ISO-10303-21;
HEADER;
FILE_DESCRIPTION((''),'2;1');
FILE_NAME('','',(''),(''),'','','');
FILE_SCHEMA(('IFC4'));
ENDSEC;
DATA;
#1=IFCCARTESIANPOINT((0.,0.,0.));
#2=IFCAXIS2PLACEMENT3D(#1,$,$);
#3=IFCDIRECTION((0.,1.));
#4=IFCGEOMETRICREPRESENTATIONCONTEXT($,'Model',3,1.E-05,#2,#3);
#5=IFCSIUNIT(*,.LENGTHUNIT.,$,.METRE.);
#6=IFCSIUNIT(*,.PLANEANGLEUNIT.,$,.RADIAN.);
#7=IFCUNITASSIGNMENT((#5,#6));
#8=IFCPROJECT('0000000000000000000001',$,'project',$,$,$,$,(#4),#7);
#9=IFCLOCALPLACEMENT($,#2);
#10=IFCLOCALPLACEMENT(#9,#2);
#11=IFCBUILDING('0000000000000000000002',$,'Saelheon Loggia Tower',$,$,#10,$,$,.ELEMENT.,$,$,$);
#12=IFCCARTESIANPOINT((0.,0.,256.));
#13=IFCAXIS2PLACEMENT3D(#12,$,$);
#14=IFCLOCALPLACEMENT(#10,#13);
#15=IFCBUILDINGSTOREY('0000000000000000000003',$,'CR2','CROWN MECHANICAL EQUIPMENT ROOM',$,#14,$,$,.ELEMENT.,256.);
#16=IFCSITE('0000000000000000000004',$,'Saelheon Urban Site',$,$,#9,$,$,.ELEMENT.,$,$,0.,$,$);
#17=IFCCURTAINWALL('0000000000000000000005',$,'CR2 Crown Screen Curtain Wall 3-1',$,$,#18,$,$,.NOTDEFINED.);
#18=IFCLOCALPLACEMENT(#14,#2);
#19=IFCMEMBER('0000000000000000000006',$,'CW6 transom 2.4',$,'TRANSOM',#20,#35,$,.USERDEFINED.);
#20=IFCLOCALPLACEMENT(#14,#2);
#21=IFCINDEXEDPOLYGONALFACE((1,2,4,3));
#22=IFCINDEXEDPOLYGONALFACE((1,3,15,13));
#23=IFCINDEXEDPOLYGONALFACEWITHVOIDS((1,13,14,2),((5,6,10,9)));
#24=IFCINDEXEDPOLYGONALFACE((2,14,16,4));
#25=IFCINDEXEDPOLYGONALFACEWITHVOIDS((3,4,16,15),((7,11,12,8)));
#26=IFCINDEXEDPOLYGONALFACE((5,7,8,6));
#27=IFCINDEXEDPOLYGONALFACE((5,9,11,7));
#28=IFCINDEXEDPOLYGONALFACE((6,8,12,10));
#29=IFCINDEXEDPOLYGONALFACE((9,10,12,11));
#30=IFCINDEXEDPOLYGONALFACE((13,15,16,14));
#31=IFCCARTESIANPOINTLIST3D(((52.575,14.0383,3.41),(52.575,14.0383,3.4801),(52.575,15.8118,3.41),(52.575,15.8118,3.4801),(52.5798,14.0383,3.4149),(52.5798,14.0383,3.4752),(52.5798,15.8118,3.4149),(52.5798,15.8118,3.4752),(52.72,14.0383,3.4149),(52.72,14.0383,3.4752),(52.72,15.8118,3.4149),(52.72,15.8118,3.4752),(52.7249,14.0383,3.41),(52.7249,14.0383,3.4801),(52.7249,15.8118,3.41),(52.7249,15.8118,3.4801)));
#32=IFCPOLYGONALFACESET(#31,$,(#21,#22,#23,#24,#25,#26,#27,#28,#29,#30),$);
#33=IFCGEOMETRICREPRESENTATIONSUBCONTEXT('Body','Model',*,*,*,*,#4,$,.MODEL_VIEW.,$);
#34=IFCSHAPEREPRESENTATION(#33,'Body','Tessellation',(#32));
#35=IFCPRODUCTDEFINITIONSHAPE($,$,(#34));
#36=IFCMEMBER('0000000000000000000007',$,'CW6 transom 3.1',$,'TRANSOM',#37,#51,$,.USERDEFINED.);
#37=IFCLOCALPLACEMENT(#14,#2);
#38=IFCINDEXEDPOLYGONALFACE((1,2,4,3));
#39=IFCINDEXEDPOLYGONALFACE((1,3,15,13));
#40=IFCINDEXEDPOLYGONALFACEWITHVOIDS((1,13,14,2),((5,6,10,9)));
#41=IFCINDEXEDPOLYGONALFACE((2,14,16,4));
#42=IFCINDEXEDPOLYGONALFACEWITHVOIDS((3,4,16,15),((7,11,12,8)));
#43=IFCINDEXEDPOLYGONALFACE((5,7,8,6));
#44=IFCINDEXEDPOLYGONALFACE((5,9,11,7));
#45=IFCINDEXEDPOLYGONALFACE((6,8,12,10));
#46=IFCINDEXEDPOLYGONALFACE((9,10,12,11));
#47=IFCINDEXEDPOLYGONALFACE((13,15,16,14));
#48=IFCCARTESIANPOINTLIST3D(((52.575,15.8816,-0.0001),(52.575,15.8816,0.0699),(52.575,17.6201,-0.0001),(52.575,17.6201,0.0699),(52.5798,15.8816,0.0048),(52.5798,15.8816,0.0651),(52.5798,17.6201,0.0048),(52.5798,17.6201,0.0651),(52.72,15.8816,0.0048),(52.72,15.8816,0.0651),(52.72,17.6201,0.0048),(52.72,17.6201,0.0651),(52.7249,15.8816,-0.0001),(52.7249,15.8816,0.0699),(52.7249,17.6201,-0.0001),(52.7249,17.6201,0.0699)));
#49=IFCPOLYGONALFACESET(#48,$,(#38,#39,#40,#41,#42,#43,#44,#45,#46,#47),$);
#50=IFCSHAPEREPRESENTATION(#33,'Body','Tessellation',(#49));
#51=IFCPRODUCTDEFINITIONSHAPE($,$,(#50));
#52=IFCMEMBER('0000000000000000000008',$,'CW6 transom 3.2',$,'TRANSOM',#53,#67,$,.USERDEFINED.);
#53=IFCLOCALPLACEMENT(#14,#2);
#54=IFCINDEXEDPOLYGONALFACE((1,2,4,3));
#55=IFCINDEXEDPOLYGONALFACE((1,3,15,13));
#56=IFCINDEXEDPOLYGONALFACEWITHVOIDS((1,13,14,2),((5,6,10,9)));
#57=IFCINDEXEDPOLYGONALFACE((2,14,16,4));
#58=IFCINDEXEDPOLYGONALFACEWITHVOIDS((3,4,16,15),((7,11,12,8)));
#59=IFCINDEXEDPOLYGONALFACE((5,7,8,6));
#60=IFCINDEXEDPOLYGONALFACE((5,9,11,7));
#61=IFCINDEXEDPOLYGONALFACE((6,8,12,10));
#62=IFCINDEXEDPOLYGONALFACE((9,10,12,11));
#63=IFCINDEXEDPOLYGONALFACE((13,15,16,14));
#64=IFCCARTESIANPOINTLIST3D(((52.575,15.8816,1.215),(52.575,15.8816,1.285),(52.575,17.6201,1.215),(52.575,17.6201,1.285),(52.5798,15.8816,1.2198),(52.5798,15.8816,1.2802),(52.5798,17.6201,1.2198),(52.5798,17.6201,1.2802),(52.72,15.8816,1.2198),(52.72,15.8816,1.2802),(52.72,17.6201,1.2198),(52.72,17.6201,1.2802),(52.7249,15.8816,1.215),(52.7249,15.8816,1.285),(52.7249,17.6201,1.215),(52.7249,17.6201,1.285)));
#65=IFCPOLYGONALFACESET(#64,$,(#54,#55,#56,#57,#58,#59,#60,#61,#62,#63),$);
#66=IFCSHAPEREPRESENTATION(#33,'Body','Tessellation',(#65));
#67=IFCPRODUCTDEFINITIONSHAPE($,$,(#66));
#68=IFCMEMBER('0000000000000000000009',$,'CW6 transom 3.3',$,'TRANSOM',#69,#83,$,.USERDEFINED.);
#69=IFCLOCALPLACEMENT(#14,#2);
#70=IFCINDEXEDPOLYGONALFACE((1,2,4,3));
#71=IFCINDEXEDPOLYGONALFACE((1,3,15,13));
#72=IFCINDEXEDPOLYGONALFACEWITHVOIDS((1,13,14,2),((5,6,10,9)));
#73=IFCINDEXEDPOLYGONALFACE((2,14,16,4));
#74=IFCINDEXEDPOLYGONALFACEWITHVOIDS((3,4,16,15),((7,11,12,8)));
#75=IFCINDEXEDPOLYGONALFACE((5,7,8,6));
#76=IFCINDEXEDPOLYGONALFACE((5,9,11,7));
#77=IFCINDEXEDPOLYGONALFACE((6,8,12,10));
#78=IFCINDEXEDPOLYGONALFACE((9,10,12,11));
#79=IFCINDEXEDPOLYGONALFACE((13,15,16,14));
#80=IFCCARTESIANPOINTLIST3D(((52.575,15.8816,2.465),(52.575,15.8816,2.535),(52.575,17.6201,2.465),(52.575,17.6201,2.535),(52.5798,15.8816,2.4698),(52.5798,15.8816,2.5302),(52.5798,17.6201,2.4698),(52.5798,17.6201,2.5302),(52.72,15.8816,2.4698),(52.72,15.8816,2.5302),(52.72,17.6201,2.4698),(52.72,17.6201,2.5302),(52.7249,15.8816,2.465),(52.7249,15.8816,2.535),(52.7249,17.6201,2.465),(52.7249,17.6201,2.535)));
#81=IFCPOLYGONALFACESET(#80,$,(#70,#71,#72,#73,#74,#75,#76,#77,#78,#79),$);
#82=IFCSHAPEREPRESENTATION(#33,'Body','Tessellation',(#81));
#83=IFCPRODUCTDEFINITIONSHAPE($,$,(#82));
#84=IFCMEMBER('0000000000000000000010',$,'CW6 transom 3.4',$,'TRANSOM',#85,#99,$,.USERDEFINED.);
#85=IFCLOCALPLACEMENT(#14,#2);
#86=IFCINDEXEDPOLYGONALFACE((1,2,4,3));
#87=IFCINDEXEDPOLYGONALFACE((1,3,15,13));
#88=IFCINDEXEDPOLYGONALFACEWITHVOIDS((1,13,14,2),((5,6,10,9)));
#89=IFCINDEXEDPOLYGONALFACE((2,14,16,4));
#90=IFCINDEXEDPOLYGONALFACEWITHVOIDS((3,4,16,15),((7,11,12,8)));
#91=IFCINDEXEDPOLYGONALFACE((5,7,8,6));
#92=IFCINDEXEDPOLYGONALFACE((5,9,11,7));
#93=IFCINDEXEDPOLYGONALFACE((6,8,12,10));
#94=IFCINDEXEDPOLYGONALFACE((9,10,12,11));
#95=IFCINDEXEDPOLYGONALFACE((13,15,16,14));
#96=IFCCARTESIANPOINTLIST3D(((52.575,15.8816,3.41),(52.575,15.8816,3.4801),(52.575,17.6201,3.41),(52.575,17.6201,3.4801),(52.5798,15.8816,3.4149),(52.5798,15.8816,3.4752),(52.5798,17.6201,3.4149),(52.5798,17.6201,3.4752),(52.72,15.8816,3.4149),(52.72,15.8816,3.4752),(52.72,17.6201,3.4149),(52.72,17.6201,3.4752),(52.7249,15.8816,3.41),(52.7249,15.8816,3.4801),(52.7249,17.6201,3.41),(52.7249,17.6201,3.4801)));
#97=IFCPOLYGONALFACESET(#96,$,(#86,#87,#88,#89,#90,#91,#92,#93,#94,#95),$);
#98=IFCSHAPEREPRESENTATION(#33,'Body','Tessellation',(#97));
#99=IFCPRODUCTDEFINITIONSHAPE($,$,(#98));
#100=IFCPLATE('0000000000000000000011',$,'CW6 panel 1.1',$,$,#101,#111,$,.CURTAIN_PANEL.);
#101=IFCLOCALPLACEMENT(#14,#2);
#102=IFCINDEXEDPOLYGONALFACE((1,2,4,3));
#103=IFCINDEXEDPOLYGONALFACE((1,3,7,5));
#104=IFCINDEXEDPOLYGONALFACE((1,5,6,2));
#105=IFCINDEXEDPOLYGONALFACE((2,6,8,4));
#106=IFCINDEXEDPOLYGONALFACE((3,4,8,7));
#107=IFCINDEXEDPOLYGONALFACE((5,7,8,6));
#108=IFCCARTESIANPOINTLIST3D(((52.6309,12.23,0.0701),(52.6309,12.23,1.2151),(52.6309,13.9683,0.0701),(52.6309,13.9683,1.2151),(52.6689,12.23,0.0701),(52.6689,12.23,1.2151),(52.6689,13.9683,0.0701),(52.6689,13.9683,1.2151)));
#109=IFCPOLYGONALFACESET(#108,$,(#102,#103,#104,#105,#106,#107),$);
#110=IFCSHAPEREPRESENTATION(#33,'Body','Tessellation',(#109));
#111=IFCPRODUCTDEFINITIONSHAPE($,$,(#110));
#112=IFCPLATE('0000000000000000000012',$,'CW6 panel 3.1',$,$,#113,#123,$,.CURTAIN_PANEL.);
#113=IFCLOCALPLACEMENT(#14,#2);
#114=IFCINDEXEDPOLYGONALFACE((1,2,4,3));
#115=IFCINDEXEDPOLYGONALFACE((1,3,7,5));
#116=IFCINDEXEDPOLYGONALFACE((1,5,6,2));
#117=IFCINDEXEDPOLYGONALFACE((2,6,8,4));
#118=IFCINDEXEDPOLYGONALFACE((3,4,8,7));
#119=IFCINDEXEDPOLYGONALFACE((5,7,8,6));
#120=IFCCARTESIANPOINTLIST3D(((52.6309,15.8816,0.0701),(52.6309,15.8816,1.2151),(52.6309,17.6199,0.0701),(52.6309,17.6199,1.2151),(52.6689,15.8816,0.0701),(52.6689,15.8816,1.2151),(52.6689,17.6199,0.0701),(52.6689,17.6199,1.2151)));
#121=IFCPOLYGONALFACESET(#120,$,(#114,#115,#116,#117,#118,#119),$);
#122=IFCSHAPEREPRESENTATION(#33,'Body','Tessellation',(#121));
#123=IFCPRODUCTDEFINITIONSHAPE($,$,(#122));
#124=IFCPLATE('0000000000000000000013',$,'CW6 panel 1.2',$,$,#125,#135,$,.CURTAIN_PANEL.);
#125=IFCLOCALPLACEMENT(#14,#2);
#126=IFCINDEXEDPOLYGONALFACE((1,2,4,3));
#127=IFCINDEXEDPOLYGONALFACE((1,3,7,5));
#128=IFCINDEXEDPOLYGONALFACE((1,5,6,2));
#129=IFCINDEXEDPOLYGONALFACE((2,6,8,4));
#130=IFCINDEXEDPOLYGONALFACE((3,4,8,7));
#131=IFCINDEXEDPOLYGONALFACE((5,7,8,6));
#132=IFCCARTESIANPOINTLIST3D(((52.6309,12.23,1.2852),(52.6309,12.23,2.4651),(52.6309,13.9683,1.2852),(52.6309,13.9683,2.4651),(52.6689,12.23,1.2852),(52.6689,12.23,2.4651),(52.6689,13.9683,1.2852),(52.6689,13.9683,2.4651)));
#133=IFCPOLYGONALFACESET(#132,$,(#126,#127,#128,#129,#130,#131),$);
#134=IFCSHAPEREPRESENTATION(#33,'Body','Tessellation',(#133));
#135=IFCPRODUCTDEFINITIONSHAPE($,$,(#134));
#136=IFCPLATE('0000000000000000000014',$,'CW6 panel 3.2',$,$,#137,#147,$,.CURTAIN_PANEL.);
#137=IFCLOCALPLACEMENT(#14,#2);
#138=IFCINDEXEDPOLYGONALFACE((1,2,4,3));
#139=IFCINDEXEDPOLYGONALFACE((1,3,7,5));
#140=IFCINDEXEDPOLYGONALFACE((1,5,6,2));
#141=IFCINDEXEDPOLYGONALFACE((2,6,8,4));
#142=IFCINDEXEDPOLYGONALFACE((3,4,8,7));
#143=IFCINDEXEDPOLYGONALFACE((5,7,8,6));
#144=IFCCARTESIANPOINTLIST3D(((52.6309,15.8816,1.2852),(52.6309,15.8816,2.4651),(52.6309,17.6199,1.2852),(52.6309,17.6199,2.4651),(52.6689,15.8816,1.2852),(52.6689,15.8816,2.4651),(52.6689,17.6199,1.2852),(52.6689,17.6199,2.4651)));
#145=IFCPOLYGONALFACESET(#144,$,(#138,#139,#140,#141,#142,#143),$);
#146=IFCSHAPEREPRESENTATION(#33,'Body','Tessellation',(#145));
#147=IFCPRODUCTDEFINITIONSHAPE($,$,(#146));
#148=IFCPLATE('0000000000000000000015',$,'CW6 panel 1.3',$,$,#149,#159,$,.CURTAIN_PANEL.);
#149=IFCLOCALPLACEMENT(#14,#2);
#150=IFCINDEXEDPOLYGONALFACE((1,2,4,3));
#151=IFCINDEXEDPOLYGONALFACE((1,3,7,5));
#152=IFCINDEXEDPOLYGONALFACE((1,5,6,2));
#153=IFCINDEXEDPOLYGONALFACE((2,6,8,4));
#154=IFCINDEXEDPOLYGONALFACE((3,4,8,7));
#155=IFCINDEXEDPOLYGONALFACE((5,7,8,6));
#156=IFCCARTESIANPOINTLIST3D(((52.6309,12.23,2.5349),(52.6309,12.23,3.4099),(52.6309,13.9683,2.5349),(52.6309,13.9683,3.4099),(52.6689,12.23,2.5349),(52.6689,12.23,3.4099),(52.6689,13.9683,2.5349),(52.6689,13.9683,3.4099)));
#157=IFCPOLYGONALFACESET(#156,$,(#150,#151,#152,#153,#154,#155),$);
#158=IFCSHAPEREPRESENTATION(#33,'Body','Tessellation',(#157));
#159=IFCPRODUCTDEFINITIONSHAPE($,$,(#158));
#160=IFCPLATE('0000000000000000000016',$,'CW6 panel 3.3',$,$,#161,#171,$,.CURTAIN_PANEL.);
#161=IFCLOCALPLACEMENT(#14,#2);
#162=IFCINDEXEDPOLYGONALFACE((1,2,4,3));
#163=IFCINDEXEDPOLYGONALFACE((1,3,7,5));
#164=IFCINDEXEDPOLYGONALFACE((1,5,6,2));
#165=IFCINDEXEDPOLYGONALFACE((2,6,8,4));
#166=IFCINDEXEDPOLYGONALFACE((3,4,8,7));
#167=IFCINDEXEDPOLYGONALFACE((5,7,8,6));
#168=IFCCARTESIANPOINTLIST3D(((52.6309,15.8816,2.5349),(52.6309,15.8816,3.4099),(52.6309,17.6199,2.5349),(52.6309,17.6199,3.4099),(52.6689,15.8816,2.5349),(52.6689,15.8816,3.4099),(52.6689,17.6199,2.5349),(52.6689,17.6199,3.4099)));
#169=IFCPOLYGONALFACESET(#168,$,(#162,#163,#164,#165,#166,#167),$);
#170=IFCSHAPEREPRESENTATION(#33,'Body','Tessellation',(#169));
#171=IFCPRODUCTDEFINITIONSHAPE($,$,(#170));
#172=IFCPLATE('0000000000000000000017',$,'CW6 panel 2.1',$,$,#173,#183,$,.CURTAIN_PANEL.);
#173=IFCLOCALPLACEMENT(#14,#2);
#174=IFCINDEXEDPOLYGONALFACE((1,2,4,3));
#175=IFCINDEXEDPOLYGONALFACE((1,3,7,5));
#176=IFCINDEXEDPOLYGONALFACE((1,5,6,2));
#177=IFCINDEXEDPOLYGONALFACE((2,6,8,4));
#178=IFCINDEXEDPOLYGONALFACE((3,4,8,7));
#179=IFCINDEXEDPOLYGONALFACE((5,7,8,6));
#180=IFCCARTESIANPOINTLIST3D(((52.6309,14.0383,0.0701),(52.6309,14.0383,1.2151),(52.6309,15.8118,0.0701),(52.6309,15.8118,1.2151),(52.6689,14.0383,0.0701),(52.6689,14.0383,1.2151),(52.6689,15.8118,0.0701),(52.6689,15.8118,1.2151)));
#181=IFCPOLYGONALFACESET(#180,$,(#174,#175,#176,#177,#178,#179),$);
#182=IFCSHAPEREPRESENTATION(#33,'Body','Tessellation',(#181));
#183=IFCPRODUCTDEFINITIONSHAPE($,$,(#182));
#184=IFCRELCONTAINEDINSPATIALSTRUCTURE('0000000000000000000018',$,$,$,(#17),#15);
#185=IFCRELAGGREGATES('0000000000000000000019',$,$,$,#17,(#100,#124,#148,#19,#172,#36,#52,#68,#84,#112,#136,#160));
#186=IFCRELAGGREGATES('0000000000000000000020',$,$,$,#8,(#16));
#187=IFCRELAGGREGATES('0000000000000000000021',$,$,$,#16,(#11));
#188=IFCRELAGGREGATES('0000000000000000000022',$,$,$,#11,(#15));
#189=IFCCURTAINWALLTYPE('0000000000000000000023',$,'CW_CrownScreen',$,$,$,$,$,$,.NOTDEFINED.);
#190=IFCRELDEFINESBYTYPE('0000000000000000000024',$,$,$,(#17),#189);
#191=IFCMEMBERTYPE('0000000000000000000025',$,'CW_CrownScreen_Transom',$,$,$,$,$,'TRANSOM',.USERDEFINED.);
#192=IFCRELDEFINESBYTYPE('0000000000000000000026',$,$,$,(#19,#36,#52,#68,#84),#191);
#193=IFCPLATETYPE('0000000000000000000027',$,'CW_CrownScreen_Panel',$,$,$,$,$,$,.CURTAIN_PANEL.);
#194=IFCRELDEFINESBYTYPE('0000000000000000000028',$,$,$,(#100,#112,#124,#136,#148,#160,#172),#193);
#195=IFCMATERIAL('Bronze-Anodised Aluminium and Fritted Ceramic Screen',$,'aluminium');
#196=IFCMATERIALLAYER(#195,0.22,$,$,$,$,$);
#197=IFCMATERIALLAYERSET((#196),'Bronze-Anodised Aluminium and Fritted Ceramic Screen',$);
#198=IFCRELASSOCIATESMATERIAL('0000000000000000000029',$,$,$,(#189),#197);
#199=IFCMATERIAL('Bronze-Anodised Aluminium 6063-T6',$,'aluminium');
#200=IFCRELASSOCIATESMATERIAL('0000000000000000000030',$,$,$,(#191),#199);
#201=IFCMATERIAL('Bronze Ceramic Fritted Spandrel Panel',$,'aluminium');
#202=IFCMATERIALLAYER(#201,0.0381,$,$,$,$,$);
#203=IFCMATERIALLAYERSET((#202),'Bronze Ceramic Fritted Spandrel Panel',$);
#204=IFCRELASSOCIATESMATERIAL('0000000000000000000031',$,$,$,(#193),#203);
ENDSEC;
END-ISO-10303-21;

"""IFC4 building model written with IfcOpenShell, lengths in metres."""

from ifc_helpers import new_model, si_unit, direction, frame, origin, origin_2d, place, context, subcontext, project, spatial, rectangle, hollow_rectangle, extrude, source, transform, mapped, material, layer, layer_set, material_profile, profile_set, type_object, element, aggregate, save


model = new_model("IFC4")

# Units and contexts
model_context = context("Model", 3, precision=1e-05, world=origin(), true_north=direction((0.0, 1.0)))
body_context = subcontext(model_context, "Body", "Model", "MODEL_VIEW")
ifc_project = project(units=[si_unit("LENGTHUNIT", "METRE"), si_unit("PLANEANGLEUNIT", "RADIAN")], contexts=[model_context])

# Site, building, storey
site_placement = place(None, origin())
site = spatial("IfcSite", under=ifc_project, at=site_placement, Name="Saelheon Urban Site", CompositionType="ELEMENT", RefElevation=0.0)
building_placement = place(site_placement, origin())
building = spatial("IfcBuilding", under=site, at=building_placement, Name="Saelheon Loggia Tower", CompositionType="ELEMENT")
storey_placement = place(building_placement, frame((0.0, 0.0, 256.0)))
storey = spatial("IfcBuildingStorey", under=building, at=storey_placement, Name="CR2", Description="CROWN MECHANICAL EQUIPMENT ROOM", CompositionType="ELEMENT", Elevation=256.0)

# Curtain wall, members, plates
ifc_material_1 = material(Name="Bronze-Anodised Aluminium and Fritted Ceramic Screen", Category="aluminium")
ifc_layer_1 = layer(ifc_material_1, 0.22)
ifc_layer_set_1 = layer_set([ifc_layer_1], Name="Bronze-Anodised Aluminium and Fritted Ceramic Screen")
curtain_wall_type = type_object("IfcCurtainWallType", Name="CW_CrownScreen", PredefinedType="NOTDEFINED", material=ifc_layer_set_1)
curtain_wall_placement = place(storey_placement, origin())
curtain_wall = element("IfcCurtainWall", 1, at=curtain_wall_placement, inside=storey, type_object=curtain_wall_type, Name="CR2 Crown Screen Curtain Wall 3-1", PredefinedType="NOTDEFINED")
ifc_material_2 = material(Name="Bronze-Anodised Aluminium 6063-T6", Category="aluminium")
ifc_material_profile_1 = material_profile(ifc_material_2, hollow_rectangle(XDim=0.0701, YDim=0.1499, WallThickness=0.0049, at=origin_2d()), Name="RHS-150x70x5")
ifc_profile_set_1 = profile_set([ifc_material_profile_1], Name="Bronze-Anodised Aluminium 6063-T6")
member_type_1 = type_object("IfcMemberType", Name="CW_CrownScreen_Transom", ElementType="TRANSOM", PredefinedType="USERDEFINED", material=ifc_profile_set_1)
shared_shape_1 = source(origin(), body_context, "Body", "SweptSolid", [
    extrude(hollow_rectangle(XDim=0.0701, YDim=0.1499, WallThickness=0.0049, at=origin_2d()), origin(), (0.0, 0.0, 1.0), 1.7734),
])
member_1_placement = place(storey_placement, frame((52.6499, 14.0383, 3.4451), z_axis=(0.0, 1.0, 0.0), x_axis=(0.0, 0.0, 1.0)))
member_1 = element("IfcMember", 2, at=member_1_placement, type_object=member_type_1, Name="CW6 transom 2.4", ObjectType="TRANSOM", PredefinedType="USERDEFINED", context=body_context, shape_type="MappedRepresentation", body=[
    mapped(shared_shape_1, transform((0.0, 0.0, 0.0), scale=1.0)),
])
shared_shape_2 = source(origin(), body_context, "Body", "SweptSolid", [
    extrude(hollow_rectangle(XDim=0.0701, YDim=0.1499, WallThickness=0.0049, at=origin_2d()), origin(), (0.0, 0.0, 1.0), 1.7385),
])
member_2_placement = place(storey_placement, frame((52.6499, 15.8816, 0.0349), z_axis=(0.0, 1.0, 0.0), x_axis=(0.0, 0.0, 1.0)))
member_2 = element("IfcMember", 3, at=member_2_placement, type_object=member_type_1, Name="CW6 transom 3.1", ObjectType="TRANSOM", PredefinedType="USERDEFINED", context=body_context, shape_type="MappedRepresentation", body=[
    mapped(shared_shape_2, transform((0.0, 0.0, 0.0), scale=1.0)),
])
member_3_placement = place(storey_placement, frame((52.6499, 15.8816, 1.25), z_axis=(0.0, 1.0, 0.0), x_axis=(0.0, 0.0, 1.0)))
member_3 = element("IfcMember", 4, at=member_3_placement, type_object=member_type_1, Name="CW6 transom 3.2", ObjectType="TRANSOM", PredefinedType="USERDEFINED", context=body_context, shape_type="MappedRepresentation", body=[
    mapped(shared_shape_2, transform((0.0, 0.0, 0.0), scale=1.0)),
])
member_4_placement = place(storey_placement, frame((52.6499, 15.8816, 2.5), z_axis=(0.0, 1.0, 0.0), x_axis=(0.0, 0.0, 1.0)))
member_4 = element("IfcMember", 5, at=member_4_placement, type_object=member_type_1, Name="CW6 transom 3.3", ObjectType="TRANSOM", PredefinedType="USERDEFINED", context=body_context, shape_type="MappedRepresentation", body=[
    mapped(shared_shape_2, transform((0.0, 0.0, 0.0), scale=1.0)),
])
member_5_placement = place(storey_placement, frame((52.6499, 15.8816, 3.4451), z_axis=(0.0, 1.0, 0.0), x_axis=(0.0, 0.0, 1.0)))
member_5 = element("IfcMember", 6, at=member_5_placement, type_object=member_type_1, Name="CW6 transom 3.4", ObjectType="TRANSOM", PredefinedType="USERDEFINED", context=body_context, shape_type="MappedRepresentation", body=[
    mapped(shared_shape_2, transform((0.0, 0.0, 0.0), scale=1.0)),
])
ifc_material_3 = material(Name="Bronze Ceramic Fritted Spandrel Panel", Category="aluminium")
ifc_layer_2 = layer(ifc_material_3, 0.0381)
ifc_layer_set_2 = layer_set([ifc_layer_2], Name="Bronze Ceramic Fritted Spandrel Panel")
plate_type = type_object("IfcPlateType", Name="CW_CrownScreen_Panel", PredefinedType="CURTAIN_PANEL", material=ifc_layer_set_2)
shared_shape_3 = source(origin(), body_context, "Body", "SweptSolid", [
    extrude(rectangle(XDim=1.7383, YDim=0.0381, at=origin_2d()), origin(), (0.0, 0.0, 1.0), 1.145),
])
plate_1_placement = place(storey_placement, frame((52.6499, 13.0991, 0.0701), z_axis=(0.0, 0.0, 1.0), x_axis=(0.0, 1.0, 0.0)))
plate_1 = element("IfcPlate", 7, at=plate_1_placement, type_object=plate_type, Name="CW6 panel 1.1", PredefinedType="CURTAIN_PANEL", context=body_context, shape_type="MappedRepresentation", body=[
    mapped(shared_shape_3, transform((0.0, 0.0, 0.0), scale=1.0)),
])
plate_2_placement = place(storey_placement, frame((52.6499, 16.7507, 0.0701), z_axis=(0.0, 0.0, 1.0), x_axis=(0.0, 1.0, 0.0)))
plate_2 = element("IfcPlate", 8, at=plate_2_placement, type_object=plate_type, Name="CW6 panel 3.1", PredefinedType="CURTAIN_PANEL", context=body_context, shape_type="MappedRepresentation", body=[
    mapped(shared_shape_3, transform((0.0, 0.0, 0.0), scale=1.0)),
])
shared_shape_4 = source(origin(), body_context, "Body", "SweptSolid", [
    extrude(rectangle(XDim=1.7383, YDim=0.0381, at=origin_2d()), origin(), (0.0, 0.0, 1.0), 1.1799),
])
plate_3_placement = place(storey_placement, frame((52.6499, 13.0991, 1.2852), z_axis=(0.0, 0.0, 1.0), x_axis=(0.0, 1.0, 0.0)))
plate_3 = element("IfcPlate", 9, at=plate_3_placement, type_object=plate_type, Name="CW6 panel 1.2", PredefinedType="CURTAIN_PANEL", context=body_context, shape_type="MappedRepresentation", body=[
    mapped(shared_shape_4, transform((0.0, 0.0, 0.0), scale=1.0)),
])
plate_4_placement = place(storey_placement, frame((52.6499, 16.7507, 1.2852), z_axis=(0.0, 0.0, 1.0), x_axis=(0.0, 1.0, 0.0)))
plate_4 = element("IfcPlate", 10, at=plate_4_placement, type_object=plate_type, Name="CW6 panel 3.2", PredefinedType="CURTAIN_PANEL", context=body_context, shape_type="MappedRepresentation", body=[
    mapped(shared_shape_4, transform((0.0, 0.0, 0.0), scale=1.0)),
])
shared_shape_5 = source(origin(), body_context, "Body", "SweptSolid", [
    extrude(rectangle(XDim=1.7383, YDim=0.0381, at=origin_2d()), origin(), (0.0, 0.0, 1.0), 0.875),
])
plate_5_placement = place(storey_placement, frame((52.6499, 13.0991, 2.5349), z_axis=(0.0, 0.0, 1.0), x_axis=(0.0, 1.0, 0.0)))
plate_5 = element("IfcPlate", 11, at=plate_5_placement, type_object=plate_type, Name="CW6 panel 1.3", PredefinedType="CURTAIN_PANEL", context=body_context, shape_type="MappedRepresentation", body=[
    mapped(shared_shape_5, transform((0.0, 0.0, 0.0), scale=1.0)),
])
plate_6_placement = place(storey_placement, frame((52.6499, 16.7507, 2.5349), z_axis=(0.0, 0.0, 1.0), x_axis=(0.0, 1.0, 0.0)))
plate_6 = element("IfcPlate", 12, at=plate_6_placement, type_object=plate_type, Name="CW6 panel 3.3", PredefinedType="CURTAIN_PANEL", context=body_context, shape_type="MappedRepresentation", body=[
    mapped(shared_shape_5, transform((0.0, 0.0, 0.0), scale=1.0)),
])
shared_shape_6 = source(origin(), body_context, "Body", "SweptSolid", [
    extrude(rectangle(XDim=1.7734, YDim=0.0381, at=origin_2d()), origin(), (0.0, 0.0, 1.0), 1.145),
])
plate_7_placement = place(storey_placement, frame((52.6499, 14.925, 0.0701), z_axis=(0.0, 0.0, 1.0), x_axis=(0.0, 1.0, 0.0)))
plate_7 = element("IfcPlate", 13, at=plate_7_placement, type_object=plate_type, Name="CW6 panel 2.1", PredefinedType="CURTAIN_PANEL", context=body_context, shape_type="MappedRepresentation", body=[
    mapped(shared_shape_6, transform((0.0, 0.0, 0.0), scale=1.0)),
])
aggregate(curtain_wall, [plate_1, plate_3, plate_5, member_1, plate_7, member_2, member_3, member_4, member_5, plate_2, plate_4, plate_6])

save(model, "model.ifc")
